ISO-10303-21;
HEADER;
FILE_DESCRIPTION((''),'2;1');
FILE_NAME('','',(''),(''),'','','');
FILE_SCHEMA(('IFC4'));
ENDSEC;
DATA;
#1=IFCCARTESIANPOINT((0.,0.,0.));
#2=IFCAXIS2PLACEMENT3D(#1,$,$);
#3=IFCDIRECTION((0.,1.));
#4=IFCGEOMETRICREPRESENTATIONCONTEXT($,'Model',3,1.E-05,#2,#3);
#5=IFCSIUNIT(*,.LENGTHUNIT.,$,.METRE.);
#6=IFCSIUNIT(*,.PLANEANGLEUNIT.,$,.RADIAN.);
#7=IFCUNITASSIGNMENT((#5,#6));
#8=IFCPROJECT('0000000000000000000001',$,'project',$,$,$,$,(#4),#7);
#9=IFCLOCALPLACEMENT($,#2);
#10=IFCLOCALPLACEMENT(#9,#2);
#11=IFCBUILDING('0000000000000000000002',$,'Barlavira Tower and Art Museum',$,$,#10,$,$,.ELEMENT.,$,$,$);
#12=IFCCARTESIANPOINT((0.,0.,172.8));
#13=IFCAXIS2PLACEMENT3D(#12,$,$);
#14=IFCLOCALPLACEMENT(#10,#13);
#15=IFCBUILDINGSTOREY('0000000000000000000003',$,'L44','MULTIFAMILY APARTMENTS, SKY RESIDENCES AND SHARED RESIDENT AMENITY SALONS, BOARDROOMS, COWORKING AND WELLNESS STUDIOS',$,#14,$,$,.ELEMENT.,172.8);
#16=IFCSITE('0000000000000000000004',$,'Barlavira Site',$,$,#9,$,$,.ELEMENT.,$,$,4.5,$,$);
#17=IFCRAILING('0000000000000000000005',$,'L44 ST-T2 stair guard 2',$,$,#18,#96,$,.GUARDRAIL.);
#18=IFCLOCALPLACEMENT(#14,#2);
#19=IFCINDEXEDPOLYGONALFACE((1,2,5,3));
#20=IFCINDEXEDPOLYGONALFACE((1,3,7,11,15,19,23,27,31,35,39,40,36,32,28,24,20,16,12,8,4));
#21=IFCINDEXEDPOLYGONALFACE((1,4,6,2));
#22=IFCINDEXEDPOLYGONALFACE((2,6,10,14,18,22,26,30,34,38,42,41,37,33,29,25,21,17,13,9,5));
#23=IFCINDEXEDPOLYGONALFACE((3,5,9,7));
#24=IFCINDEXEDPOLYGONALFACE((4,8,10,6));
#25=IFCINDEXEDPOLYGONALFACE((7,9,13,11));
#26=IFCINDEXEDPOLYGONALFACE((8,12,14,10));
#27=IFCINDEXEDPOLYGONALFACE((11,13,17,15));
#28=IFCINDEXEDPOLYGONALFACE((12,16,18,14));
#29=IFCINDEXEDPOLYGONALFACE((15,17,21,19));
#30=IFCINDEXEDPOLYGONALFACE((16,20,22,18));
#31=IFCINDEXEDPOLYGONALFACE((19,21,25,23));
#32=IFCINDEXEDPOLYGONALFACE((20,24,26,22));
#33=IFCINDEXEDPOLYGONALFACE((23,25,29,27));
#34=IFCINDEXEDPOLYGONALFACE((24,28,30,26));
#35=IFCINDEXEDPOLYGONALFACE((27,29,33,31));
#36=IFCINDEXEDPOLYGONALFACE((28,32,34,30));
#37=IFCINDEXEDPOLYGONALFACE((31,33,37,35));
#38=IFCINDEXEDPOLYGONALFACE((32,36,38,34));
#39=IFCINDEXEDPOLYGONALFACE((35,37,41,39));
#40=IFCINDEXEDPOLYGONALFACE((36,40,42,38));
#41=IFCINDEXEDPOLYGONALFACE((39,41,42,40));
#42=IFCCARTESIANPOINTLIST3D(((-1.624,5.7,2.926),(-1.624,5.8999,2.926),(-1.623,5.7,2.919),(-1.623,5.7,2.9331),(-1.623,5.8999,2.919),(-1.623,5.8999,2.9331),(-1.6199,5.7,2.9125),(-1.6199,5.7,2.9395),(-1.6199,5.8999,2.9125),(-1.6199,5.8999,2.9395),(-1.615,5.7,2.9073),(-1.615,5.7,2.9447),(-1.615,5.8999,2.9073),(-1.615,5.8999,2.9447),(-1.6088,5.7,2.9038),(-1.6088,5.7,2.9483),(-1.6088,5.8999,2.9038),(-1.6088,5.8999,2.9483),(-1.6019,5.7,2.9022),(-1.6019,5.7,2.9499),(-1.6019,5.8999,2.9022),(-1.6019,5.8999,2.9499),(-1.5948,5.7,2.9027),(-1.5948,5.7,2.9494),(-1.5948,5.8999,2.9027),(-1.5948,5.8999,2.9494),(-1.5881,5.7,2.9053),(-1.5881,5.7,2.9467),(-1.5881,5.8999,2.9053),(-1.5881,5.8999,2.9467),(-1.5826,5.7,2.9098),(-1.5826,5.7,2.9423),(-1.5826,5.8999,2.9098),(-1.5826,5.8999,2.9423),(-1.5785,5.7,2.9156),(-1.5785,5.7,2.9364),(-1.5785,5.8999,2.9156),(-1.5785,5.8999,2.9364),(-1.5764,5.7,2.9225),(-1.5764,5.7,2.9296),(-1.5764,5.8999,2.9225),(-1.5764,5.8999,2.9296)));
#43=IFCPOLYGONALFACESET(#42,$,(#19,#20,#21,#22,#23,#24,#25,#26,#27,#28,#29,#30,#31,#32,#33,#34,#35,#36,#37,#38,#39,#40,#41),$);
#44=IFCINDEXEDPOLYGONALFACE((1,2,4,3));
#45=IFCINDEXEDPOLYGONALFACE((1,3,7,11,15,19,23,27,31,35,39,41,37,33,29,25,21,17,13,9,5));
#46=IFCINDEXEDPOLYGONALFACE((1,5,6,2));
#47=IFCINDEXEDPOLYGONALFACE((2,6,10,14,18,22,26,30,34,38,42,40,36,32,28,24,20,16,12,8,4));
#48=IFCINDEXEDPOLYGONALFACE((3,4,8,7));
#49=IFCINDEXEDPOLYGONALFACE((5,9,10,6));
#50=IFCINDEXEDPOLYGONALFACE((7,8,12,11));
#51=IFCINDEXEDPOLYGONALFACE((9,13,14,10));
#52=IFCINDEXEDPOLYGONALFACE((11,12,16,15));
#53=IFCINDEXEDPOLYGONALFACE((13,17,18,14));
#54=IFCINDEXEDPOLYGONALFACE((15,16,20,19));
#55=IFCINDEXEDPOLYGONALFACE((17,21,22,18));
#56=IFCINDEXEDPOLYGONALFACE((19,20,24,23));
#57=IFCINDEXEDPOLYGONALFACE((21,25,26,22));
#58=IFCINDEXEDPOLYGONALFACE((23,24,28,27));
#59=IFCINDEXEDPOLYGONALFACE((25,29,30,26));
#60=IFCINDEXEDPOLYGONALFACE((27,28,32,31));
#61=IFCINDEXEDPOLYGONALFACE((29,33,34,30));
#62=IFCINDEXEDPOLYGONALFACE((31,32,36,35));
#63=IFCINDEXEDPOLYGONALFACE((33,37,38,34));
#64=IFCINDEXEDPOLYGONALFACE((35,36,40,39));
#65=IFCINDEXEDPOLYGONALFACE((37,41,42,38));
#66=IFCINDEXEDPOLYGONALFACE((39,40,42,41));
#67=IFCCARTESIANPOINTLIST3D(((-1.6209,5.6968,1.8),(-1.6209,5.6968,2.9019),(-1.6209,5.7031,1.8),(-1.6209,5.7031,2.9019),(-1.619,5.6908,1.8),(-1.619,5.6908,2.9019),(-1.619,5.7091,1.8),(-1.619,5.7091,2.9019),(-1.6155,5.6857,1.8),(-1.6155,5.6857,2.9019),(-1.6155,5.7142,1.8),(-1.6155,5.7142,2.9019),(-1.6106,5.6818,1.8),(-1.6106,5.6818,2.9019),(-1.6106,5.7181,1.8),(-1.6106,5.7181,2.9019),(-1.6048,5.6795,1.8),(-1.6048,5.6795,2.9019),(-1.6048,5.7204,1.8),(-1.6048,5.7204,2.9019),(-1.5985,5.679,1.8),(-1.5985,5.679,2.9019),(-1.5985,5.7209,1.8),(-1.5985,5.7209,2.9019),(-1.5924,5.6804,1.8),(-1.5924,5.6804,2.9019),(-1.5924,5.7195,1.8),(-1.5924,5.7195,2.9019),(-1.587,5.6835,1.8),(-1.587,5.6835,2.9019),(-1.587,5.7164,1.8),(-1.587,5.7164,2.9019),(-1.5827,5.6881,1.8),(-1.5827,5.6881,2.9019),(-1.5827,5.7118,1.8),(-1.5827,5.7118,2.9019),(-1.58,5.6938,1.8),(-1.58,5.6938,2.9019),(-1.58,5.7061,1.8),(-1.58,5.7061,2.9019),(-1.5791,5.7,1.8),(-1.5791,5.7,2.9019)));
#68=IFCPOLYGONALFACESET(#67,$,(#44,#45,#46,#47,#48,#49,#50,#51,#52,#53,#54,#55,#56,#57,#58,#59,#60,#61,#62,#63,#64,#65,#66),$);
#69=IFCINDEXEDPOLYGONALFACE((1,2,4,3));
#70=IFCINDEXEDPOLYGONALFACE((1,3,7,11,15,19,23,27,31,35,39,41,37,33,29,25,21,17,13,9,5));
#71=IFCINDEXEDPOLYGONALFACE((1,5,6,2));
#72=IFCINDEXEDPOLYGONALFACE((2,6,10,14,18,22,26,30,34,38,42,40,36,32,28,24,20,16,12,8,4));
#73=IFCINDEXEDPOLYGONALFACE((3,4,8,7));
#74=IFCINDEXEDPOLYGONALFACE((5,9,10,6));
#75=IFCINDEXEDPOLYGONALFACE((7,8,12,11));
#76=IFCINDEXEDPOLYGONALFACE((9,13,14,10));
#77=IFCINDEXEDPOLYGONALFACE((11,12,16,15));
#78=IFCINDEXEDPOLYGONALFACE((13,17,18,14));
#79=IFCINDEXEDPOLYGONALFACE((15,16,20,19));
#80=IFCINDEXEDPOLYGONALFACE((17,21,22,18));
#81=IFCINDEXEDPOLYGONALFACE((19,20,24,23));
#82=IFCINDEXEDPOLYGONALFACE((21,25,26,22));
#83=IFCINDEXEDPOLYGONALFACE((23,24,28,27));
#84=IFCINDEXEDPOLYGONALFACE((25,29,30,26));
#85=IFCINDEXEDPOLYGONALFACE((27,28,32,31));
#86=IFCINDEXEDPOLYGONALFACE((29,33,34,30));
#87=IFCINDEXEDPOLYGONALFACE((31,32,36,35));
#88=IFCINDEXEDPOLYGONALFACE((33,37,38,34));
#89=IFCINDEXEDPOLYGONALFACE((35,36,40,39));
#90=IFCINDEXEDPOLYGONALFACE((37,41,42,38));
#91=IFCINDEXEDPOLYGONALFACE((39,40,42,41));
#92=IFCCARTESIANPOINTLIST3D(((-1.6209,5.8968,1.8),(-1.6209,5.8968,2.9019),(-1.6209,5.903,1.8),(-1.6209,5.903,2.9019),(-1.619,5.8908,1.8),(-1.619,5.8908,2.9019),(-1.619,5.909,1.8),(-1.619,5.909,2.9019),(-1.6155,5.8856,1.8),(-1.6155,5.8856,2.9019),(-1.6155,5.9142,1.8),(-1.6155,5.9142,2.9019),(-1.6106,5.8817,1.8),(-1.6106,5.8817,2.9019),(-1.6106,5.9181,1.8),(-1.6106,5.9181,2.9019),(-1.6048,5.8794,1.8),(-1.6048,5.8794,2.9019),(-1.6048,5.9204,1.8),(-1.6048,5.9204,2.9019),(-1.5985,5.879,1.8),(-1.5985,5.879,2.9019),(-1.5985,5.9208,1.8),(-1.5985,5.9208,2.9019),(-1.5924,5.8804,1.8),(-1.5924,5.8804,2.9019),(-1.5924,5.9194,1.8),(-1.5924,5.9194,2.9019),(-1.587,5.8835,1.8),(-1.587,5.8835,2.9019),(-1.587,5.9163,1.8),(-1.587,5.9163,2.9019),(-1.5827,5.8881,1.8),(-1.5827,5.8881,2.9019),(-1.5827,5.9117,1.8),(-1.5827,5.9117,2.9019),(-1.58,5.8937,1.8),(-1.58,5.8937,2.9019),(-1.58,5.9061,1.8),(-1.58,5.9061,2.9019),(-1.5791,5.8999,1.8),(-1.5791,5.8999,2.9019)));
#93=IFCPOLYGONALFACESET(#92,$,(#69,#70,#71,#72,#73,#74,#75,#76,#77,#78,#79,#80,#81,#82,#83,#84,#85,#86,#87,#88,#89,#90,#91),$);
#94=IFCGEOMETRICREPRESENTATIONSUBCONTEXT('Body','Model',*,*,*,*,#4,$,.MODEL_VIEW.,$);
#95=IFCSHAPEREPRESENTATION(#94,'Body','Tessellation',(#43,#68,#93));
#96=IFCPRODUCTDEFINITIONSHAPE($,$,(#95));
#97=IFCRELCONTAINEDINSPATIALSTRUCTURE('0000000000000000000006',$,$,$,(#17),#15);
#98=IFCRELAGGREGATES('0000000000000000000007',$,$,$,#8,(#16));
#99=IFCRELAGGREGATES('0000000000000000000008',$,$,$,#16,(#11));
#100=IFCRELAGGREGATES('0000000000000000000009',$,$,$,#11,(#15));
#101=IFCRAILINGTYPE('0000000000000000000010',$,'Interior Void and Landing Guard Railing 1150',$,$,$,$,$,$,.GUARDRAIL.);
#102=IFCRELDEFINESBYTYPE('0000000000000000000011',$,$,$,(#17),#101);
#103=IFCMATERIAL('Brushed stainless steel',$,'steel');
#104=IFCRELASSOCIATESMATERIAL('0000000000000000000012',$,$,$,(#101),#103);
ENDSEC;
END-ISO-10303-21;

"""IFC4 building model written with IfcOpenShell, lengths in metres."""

from ifc_helpers import new_model, si_unit, direction, frame, origin, origin_2d, place, context, subcontext, project, spatial, circle, extrude, material, type_object, element, save


model = new_model("IFC4")

# Units and contexts
model_context = context("Model", 3, precision=1e-05, world=origin(), true_north=direction((0.0, 1.0)))
body_context = subcontext(model_context, "Body", "Model", "MODEL_VIEW")
ifc_project = project(units=[si_unit("LENGTHUNIT", "METRE"), si_unit("PLANEANGLEUNIT", "RADIAN")], contexts=[model_context])

# Site, building, storey
site_placement = place(None, origin())
site = spatial("IfcSite", under=ifc_project, at=site_placement, Name="Barlavira Site", CompositionType="ELEMENT", RefElevation=4.5)
building_placement = place(site_placement, origin())
building = spatial("IfcBuilding", under=site, at=building_placement, Name="Barlavira Tower and Art Museum", CompositionType="ELEMENT")
storey_placement = place(building_placement, frame((0.0, 0.0, 172.8)))
storey = spatial("IfcBuildingStorey", under=building, at=storey_placement, Name="L44", Description="MULTIFAMILY APARTMENTS, SKY RESIDENCES AND SHARED RESIDENT AMENITY SALONS, BOARDROOMS, COWORKING AND WELLNESS STUDIOS", CompositionType="ELEMENT", Elevation=172.8)

# Shared definitions
ifc_material_1 = material(Name="Brushed stainless steel", Category="steel")

# Railing
railing_type_1 = type_object("IfcRailingType", Name="Interior Void and Landing Guard Railing 1150", PredefinedType="GUARDRAIL", material=ifc_material_1)
railing_1_placement = place(storey_placement, frame((-1.6001, 5.7, 1.8)))
element("IfcRailing", 1, at=railing_1_placement, inside=storey, type_object=railing_type_1, Name="L44 ST-T2 stair guard 2", PredefinedType="GUARDRAIL", context=body_context, shape_type="SweptSolid", body=[
    extrude(circle(Radius=0.0239, at=origin_2d()), frame((0.0, 0.0, 1.126), z_axis=(0.0, 1.0, 0.0), x_axis=(-1.0, 0.0, 0.0)), (0.0, 0.0, 1.0), 0.2),
    extrude(circle(Radius=0.021, at=origin_2d()), origin(), (0.0, 0.0, 1.0), 1.1018),
    extrude(circle(Radius=0.021, at=origin_2d()), frame((0.0, 0.2, 0.0)), (0.0, 0.0, 1.0), 1.1018),
])

save(model, "model.ifc")
